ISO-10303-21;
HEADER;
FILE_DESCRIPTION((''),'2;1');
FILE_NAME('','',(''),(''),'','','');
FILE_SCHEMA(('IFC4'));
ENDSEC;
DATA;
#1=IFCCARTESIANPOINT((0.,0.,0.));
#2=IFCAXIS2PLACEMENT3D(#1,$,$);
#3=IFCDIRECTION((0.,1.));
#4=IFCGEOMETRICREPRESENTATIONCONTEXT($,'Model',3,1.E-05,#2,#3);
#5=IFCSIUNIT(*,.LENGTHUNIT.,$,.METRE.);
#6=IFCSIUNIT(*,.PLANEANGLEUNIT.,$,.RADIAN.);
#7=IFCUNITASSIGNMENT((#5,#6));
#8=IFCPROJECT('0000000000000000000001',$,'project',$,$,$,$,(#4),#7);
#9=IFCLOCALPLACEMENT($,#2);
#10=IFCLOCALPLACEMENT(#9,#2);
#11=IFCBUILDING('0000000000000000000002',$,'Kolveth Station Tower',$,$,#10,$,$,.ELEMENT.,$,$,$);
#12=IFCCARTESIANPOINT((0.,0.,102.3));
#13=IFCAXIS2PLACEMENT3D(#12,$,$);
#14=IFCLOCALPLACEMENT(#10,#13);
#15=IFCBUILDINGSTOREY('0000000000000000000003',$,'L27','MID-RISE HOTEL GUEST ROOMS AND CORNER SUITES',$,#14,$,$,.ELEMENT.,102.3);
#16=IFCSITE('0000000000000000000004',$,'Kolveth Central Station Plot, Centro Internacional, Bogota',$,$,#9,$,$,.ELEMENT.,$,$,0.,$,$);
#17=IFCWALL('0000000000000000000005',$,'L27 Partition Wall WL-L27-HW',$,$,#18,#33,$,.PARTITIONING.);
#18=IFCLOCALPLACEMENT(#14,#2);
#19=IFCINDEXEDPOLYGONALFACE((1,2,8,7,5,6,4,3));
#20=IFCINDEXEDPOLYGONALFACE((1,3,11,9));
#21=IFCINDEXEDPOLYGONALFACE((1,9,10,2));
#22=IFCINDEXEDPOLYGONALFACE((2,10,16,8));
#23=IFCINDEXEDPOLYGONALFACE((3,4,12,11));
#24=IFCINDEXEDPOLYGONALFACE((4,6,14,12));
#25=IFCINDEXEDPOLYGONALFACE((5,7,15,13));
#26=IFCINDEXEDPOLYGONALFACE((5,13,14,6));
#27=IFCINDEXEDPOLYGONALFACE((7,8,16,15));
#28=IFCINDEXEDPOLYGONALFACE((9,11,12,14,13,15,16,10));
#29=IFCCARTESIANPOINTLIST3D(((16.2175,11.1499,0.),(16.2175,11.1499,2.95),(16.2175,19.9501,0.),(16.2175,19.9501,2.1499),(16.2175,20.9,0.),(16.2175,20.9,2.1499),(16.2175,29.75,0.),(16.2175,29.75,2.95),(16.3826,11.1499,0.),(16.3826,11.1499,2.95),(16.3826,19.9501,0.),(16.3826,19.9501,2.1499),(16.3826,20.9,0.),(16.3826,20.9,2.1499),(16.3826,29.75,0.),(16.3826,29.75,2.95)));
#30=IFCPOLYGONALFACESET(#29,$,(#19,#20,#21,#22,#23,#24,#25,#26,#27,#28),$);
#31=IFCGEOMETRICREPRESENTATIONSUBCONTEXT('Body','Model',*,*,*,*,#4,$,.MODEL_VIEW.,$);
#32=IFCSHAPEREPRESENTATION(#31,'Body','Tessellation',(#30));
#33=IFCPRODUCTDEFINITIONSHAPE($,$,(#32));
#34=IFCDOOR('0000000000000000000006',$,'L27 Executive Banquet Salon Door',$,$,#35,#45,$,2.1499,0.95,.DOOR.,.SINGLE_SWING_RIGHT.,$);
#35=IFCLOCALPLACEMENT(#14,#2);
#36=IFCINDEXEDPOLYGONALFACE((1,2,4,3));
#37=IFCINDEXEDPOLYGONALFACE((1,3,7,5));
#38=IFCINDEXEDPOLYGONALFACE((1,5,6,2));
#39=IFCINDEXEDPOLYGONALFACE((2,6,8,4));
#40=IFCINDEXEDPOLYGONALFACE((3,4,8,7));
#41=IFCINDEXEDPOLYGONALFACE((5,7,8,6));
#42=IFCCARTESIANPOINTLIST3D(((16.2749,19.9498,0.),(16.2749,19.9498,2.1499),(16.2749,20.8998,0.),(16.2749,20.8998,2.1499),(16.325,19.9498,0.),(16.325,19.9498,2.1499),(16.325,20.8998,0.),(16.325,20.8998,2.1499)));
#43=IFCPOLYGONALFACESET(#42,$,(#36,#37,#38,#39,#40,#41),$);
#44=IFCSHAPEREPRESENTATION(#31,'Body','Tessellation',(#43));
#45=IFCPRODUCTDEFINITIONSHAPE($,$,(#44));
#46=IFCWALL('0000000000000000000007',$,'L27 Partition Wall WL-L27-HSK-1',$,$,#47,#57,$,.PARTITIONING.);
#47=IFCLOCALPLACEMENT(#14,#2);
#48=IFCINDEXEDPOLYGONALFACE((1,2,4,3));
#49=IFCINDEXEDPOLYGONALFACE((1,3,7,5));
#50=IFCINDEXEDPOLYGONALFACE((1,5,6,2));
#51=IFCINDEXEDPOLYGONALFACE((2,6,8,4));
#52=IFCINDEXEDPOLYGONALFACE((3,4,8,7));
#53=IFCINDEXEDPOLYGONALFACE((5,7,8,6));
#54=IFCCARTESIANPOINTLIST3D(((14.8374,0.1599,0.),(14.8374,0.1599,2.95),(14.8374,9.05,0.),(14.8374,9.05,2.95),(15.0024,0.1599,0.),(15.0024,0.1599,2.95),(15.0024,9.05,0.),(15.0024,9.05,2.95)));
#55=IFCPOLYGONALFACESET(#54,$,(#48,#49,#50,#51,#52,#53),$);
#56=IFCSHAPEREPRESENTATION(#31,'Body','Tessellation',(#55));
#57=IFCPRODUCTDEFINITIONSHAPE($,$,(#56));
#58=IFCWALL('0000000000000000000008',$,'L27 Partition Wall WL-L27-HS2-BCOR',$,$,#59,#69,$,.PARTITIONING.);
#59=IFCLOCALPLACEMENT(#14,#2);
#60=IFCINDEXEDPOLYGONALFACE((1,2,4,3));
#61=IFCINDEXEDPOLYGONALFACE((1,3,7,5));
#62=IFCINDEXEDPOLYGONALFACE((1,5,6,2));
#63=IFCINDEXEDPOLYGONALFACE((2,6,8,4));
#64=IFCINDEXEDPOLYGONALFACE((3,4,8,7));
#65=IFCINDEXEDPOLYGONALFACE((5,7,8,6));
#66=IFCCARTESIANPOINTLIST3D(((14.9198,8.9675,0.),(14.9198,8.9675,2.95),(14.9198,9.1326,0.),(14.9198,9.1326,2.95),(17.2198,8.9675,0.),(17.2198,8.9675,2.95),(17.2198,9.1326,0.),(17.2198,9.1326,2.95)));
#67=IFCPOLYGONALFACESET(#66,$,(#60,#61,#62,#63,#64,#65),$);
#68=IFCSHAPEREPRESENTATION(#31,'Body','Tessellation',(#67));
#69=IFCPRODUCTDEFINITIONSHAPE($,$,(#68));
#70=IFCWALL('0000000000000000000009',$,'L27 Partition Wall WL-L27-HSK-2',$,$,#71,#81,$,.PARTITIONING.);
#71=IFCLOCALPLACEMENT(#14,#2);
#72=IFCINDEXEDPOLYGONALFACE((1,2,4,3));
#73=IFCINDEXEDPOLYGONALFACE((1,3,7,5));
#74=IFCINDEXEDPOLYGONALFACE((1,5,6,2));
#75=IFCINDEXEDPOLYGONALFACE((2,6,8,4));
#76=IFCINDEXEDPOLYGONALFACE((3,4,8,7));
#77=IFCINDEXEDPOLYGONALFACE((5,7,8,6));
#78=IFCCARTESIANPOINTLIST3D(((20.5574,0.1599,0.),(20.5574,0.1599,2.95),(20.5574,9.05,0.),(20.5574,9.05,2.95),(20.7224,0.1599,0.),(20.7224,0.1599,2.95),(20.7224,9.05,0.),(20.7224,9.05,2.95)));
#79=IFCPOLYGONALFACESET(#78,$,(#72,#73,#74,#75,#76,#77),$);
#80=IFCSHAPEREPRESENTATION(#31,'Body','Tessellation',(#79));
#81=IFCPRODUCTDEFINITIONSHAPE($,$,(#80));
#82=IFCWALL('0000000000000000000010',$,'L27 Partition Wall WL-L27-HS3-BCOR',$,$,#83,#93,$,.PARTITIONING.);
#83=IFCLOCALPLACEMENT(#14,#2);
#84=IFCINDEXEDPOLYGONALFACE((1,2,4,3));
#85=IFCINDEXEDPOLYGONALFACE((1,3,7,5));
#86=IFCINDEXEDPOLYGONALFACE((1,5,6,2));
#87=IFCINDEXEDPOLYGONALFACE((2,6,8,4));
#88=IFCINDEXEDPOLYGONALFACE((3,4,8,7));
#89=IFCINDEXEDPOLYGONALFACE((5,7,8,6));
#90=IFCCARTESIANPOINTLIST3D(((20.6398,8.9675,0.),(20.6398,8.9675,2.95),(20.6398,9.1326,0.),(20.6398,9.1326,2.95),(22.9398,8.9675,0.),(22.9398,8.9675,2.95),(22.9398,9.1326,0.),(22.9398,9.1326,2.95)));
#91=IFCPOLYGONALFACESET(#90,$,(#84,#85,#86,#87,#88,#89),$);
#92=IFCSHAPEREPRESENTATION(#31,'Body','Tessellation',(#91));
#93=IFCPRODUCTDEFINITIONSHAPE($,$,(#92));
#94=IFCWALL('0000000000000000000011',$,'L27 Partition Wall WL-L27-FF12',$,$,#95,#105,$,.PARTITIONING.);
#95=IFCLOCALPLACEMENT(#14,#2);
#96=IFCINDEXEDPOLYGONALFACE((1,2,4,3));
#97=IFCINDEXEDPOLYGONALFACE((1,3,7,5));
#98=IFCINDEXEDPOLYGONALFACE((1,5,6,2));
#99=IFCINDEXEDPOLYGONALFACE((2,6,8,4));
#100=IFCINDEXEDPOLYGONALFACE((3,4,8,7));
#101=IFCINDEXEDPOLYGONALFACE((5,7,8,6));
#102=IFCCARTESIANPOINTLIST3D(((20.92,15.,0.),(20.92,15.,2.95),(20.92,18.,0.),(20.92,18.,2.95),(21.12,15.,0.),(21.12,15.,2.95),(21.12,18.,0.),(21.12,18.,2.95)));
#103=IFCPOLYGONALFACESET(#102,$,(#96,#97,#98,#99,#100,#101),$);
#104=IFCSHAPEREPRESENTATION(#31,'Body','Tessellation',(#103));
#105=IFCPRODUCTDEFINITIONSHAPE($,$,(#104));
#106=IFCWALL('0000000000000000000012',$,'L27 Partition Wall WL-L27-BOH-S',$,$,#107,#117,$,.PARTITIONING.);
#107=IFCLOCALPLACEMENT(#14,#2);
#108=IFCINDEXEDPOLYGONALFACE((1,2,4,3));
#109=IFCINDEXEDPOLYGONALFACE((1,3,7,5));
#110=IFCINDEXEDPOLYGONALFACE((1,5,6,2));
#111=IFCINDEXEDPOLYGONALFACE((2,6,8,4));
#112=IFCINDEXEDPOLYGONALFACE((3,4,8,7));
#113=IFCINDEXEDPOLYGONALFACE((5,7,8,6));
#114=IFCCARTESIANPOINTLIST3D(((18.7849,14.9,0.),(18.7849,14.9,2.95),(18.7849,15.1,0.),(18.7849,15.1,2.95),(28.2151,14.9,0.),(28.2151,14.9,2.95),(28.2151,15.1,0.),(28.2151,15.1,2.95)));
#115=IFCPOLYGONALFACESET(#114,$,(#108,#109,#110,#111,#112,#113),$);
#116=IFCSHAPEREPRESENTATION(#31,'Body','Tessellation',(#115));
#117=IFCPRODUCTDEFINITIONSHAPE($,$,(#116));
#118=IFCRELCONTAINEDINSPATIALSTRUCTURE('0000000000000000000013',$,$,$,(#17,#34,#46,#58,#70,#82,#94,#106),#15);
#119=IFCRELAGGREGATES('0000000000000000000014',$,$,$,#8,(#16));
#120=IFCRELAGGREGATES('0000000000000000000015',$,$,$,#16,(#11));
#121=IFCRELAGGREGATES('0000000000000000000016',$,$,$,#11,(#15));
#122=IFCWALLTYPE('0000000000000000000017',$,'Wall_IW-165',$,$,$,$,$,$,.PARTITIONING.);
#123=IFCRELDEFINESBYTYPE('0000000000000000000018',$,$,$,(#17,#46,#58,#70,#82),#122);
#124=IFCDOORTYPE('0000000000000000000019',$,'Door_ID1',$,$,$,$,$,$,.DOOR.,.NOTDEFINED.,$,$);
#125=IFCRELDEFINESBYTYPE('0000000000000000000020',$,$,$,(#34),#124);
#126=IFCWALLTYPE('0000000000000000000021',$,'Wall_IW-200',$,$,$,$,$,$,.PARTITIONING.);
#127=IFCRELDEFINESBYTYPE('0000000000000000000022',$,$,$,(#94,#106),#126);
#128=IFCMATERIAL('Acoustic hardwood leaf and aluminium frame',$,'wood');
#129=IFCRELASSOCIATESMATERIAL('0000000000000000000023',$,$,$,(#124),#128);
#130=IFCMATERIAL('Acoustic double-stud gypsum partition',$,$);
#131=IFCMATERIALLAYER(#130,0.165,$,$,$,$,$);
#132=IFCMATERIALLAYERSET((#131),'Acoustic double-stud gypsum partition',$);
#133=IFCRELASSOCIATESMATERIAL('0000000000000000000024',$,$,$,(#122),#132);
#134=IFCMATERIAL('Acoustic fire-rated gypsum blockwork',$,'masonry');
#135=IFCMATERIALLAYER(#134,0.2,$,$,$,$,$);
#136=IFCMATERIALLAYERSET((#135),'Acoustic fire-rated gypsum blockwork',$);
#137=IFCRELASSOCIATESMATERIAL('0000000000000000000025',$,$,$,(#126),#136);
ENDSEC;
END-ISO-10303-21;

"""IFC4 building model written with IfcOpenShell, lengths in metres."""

from ifc_helpers import new_model, si_unit, direction, frame, frame_2d, origin, place, context, subcontext, project, spatial, rectangle, extrude, material, layer, layer_set, type_object, element, fill, save


model = new_model("IFC4")

# Units and contexts
model_context = context("Model", 3, precision=1e-05, world=origin(), true_north=direction((0.0, 1.0)))
body_context = subcontext(model_context, "Body", "Model", "MODEL_VIEW")
ifc_project = project(units=[si_unit("LENGTHUNIT", "METRE"), si_unit("PLANEANGLEUNIT", "RADIAN")], contexts=[model_context])

# Site, building, storey
site_placement = place(None, origin())
site = spatial("IfcSite", under=ifc_project, at=site_placement, Name="Kolveth Central Station Plot, Centro Internacional, Bogota", CompositionType="ELEMENT", RefElevation=0.0)
building_placement = place(site_placement, origin())
building = spatial("IfcBuilding", under=site, at=building_placement, Name="Kolveth Station Tower", CompositionType="ELEMENT")
storey_placement = place(building_placement, frame((0.0, 0.0, 102.3)))
storey = spatial("IfcBuildingStorey", under=building, at=storey_placement, Name="L27", Description="MID-RISE HOTEL GUEST ROOMS AND CORNER SUITES", CompositionType="ELEMENT", Elevation=102.3)

# Shared definitions
ifc_material_1 = material(Name="Acoustic hardwood leaf and aluminium frame", Category="wood")
door_type_1 = type_object("IfcDoorType", Name="Door_ID1", OperationType="NOTDEFINED", PredefinedType="DOOR", material=ifc_material_1)

# Wall, opening, door
ifc_material_2 = material(Name="Acoustic double-stud gypsum partition")
ifc_layer_1 = layer(ifc_material_2, 0.165)
ifc_layer_set_1 = layer_set([ifc_layer_1], Name="Acoustic double-stud gypsum partition")
wall_type_1 = type_object("IfcWallType", Name="Wall_IW-165", PredefinedType="PARTITIONING", material=ifc_layer_set_1)
wall_1_placement = place(storey_placement, frame((16.3, 11.1499, 0.0), z_axis=(0.0, 0.0, 1.0), x_axis=(0.0, 1.0, 0.0)))
wall_1 = element("IfcWall", 1, at=wall_1_placement, inside=storey, type_object=wall_type_1, Name="L27 Partition Wall WL-L27-HW", PredefinedType="PARTITIONING", context=body_context, shape_type="SweptSolid", body=[
    extrude(rectangle(XDim=18.6001, YDim=0.165, at=frame_2d((9.3, 0.0))), origin(), (0.0, 0.0, 1.0), 2.95),
])
opening_1_placement = place(wall_1_placement, frame((8.8, 0.0, 0.0)))
opening_1 = element("IfcOpeningElement", 2, at=opening_1_placement, cuts=wall_1, PredefinedType="OPENING", context=body_context, shape_type="SweptSolid", body=[
    extrude(rectangle(XDim=0.95, YDim=2.1499, at=frame_2d((0.4751, 1.075))), frame((0.0, 0.0925, 0.0), z_axis=(0.0, -1.0, 0.0), x_axis=(1.0, 0.0, 0.0)), (0.0, 0.0, 1.0), 0.1851),
])
door_1_placement = place(opening_1_placement, frame((0.95, 0.0, 0.0), z_axis=(0.0, 0.0, 1.0), x_axis=(-1.0, 0.0, 0.0)))
door_1 = element("IfcDoor", 3, at=door_1_placement, inside=storey, type_object=door_type_1, Name="L27 Executive Banquet Salon Door", OperationType="SINGLE_SWING_RIGHT", OverallHeight=2.1499, OverallWidth=0.95, PredefinedType="DOOR", context=body_context, shape_type="SweptSolid", body=[
    extrude(rectangle(XDim=0.95, YDim=2.1499, at=frame_2d((0.4751, 1.075))), frame((0.0, 0.0249, 0.0), z_axis=(0.0, -1.0, 0.0), x_axis=(1.0, 0.0, 0.0)), (0.0, 0.0, 1.0), 0.05),
])
fill(opening_1, door_1)

# Walls
wall_2_placement = place(storey_placement, frame((14.9199, 0.1599, 0.0), z_axis=(0.0, 0.0, 1.0), x_axis=(0.0, 1.0, 0.0)))
element("IfcWall", 4, at=wall_2_placement, inside=storey, type_object=wall_type_1, Name="L27 Partition Wall WL-L27-HSK-1", PredefinedType="PARTITIONING", context=body_context, shape_type="SweptSolid", body=[
    extrude(rectangle(XDim=8.8901, YDim=0.165, at=frame_2d((4.4451, 0.0))), origin(), (0.0, 0.0, 1.0), 2.95),
])
wall_3_placement = place(storey_placement, frame((14.9199, 9.05, 0.0), z_axis=(0.0, 0.0, 1.0), x_axis=(1.0, 0.0, 0.0)))
element("IfcWall", 5, at=wall_3_placement, inside=storey, type_object=wall_type_1, Name="L27 Partition Wall WL-L27-HS2-BCOR", PredefinedType="PARTITIONING", context=body_context, shape_type="SweptSolid", body=[
    extrude(rectangle(XDim=2.3, YDim=0.165, at=frame_2d((1.1499, 0.0))), origin(), (0.0, 0.0, 1.0), 2.95),
])

# Walls
wall_4_placement = place(storey_placement, frame((20.6399, 0.1599, 0.0), z_axis=(0.0, 0.0, 1.0), x_axis=(0.0, 1.0, 0.0)))
element("IfcWall", 6, at=wall_4_placement, inside=storey, type_object=wall_type_1, Name="L27 Partition Wall WL-L27-HSK-2", PredefinedType="PARTITIONING", context=body_context, shape_type="SweptSolid", body=[
    extrude(rectangle(XDim=8.8901, YDim=0.165, at=frame_2d((4.4451, 0.0))), origin(), (0.0, 0.0, 1.0), 2.95),
])
wall_5_placement = place(storey_placement, frame((20.6399, 9.05, 0.0), z_axis=(0.0, 0.0, 1.0), x_axis=(1.0, 0.0, 0.0)))
element("IfcWall", 7, at=wall_5_placement, inside=storey, type_object=wall_type_1, Name="L27 Partition Wall WL-L27-HS3-BCOR", PredefinedType="PARTITIONING", context=body_context, shape_type="SweptSolid", body=[
    extrude(rectangle(XDim=2.3, YDim=0.165, at=frame_2d((1.1499, 0.0))), origin(), (0.0, 0.0, 1.0), 2.95),
])
ifc_material_3 = material(Name="Acoustic fire-rated gypsum blockwork", Category="masonry")
ifc_layer_2 = layer(ifc_material_3, 0.2)
ifc_layer_set_2 = layer_set([ifc_layer_2], Name="Acoustic fire-rated gypsum blockwork")
wall_type_2 = type_object("IfcWallType", Name="Wall_IW-200", PredefinedType="PARTITIONING", material=ifc_layer_set_2)
wall_6_placement = place(storey_placement, frame((21.02, 15.0, 0.0), z_axis=(0.0, 0.0, 1.0), x_axis=(0.0, 1.0, 0.0)))
element("IfcWall", 8, at=wall_6_placement, inside=storey, type_object=wall_type_2, Name="L27 Partition Wall WL-L27-FF12", PredefinedType="PARTITIONING", context=body_context, shape_type="SweptSolid", body=[
    extrude(rectangle(XDim=3.0, YDim=0.2, at=frame_2d((1.5, 0.0))), origin(), (0.0, 0.0, 1.0), 2.95),
])
wall_7_placement = place(storey_placement, frame((18.7849, 15.0, 0.0), z_axis=(0.0, 0.0, 1.0), x_axis=(1.0, 0.0, 0.0)))
element("IfcWall", 9, at=wall_7_placement, inside=storey, type_object=wall_type_2, Name="L27 Partition Wall WL-L27-BOH-S", PredefinedType="PARTITIONING", context=body_context, shape_type="SweptSolid", body=[
    extrude(rectangle(XDim=9.4302, YDim=0.2, at=frame_2d((4.7151, 0.0))), origin(), (0.0, 0.0, 1.0), 2.95),
])

save(model, "model.ifc")
